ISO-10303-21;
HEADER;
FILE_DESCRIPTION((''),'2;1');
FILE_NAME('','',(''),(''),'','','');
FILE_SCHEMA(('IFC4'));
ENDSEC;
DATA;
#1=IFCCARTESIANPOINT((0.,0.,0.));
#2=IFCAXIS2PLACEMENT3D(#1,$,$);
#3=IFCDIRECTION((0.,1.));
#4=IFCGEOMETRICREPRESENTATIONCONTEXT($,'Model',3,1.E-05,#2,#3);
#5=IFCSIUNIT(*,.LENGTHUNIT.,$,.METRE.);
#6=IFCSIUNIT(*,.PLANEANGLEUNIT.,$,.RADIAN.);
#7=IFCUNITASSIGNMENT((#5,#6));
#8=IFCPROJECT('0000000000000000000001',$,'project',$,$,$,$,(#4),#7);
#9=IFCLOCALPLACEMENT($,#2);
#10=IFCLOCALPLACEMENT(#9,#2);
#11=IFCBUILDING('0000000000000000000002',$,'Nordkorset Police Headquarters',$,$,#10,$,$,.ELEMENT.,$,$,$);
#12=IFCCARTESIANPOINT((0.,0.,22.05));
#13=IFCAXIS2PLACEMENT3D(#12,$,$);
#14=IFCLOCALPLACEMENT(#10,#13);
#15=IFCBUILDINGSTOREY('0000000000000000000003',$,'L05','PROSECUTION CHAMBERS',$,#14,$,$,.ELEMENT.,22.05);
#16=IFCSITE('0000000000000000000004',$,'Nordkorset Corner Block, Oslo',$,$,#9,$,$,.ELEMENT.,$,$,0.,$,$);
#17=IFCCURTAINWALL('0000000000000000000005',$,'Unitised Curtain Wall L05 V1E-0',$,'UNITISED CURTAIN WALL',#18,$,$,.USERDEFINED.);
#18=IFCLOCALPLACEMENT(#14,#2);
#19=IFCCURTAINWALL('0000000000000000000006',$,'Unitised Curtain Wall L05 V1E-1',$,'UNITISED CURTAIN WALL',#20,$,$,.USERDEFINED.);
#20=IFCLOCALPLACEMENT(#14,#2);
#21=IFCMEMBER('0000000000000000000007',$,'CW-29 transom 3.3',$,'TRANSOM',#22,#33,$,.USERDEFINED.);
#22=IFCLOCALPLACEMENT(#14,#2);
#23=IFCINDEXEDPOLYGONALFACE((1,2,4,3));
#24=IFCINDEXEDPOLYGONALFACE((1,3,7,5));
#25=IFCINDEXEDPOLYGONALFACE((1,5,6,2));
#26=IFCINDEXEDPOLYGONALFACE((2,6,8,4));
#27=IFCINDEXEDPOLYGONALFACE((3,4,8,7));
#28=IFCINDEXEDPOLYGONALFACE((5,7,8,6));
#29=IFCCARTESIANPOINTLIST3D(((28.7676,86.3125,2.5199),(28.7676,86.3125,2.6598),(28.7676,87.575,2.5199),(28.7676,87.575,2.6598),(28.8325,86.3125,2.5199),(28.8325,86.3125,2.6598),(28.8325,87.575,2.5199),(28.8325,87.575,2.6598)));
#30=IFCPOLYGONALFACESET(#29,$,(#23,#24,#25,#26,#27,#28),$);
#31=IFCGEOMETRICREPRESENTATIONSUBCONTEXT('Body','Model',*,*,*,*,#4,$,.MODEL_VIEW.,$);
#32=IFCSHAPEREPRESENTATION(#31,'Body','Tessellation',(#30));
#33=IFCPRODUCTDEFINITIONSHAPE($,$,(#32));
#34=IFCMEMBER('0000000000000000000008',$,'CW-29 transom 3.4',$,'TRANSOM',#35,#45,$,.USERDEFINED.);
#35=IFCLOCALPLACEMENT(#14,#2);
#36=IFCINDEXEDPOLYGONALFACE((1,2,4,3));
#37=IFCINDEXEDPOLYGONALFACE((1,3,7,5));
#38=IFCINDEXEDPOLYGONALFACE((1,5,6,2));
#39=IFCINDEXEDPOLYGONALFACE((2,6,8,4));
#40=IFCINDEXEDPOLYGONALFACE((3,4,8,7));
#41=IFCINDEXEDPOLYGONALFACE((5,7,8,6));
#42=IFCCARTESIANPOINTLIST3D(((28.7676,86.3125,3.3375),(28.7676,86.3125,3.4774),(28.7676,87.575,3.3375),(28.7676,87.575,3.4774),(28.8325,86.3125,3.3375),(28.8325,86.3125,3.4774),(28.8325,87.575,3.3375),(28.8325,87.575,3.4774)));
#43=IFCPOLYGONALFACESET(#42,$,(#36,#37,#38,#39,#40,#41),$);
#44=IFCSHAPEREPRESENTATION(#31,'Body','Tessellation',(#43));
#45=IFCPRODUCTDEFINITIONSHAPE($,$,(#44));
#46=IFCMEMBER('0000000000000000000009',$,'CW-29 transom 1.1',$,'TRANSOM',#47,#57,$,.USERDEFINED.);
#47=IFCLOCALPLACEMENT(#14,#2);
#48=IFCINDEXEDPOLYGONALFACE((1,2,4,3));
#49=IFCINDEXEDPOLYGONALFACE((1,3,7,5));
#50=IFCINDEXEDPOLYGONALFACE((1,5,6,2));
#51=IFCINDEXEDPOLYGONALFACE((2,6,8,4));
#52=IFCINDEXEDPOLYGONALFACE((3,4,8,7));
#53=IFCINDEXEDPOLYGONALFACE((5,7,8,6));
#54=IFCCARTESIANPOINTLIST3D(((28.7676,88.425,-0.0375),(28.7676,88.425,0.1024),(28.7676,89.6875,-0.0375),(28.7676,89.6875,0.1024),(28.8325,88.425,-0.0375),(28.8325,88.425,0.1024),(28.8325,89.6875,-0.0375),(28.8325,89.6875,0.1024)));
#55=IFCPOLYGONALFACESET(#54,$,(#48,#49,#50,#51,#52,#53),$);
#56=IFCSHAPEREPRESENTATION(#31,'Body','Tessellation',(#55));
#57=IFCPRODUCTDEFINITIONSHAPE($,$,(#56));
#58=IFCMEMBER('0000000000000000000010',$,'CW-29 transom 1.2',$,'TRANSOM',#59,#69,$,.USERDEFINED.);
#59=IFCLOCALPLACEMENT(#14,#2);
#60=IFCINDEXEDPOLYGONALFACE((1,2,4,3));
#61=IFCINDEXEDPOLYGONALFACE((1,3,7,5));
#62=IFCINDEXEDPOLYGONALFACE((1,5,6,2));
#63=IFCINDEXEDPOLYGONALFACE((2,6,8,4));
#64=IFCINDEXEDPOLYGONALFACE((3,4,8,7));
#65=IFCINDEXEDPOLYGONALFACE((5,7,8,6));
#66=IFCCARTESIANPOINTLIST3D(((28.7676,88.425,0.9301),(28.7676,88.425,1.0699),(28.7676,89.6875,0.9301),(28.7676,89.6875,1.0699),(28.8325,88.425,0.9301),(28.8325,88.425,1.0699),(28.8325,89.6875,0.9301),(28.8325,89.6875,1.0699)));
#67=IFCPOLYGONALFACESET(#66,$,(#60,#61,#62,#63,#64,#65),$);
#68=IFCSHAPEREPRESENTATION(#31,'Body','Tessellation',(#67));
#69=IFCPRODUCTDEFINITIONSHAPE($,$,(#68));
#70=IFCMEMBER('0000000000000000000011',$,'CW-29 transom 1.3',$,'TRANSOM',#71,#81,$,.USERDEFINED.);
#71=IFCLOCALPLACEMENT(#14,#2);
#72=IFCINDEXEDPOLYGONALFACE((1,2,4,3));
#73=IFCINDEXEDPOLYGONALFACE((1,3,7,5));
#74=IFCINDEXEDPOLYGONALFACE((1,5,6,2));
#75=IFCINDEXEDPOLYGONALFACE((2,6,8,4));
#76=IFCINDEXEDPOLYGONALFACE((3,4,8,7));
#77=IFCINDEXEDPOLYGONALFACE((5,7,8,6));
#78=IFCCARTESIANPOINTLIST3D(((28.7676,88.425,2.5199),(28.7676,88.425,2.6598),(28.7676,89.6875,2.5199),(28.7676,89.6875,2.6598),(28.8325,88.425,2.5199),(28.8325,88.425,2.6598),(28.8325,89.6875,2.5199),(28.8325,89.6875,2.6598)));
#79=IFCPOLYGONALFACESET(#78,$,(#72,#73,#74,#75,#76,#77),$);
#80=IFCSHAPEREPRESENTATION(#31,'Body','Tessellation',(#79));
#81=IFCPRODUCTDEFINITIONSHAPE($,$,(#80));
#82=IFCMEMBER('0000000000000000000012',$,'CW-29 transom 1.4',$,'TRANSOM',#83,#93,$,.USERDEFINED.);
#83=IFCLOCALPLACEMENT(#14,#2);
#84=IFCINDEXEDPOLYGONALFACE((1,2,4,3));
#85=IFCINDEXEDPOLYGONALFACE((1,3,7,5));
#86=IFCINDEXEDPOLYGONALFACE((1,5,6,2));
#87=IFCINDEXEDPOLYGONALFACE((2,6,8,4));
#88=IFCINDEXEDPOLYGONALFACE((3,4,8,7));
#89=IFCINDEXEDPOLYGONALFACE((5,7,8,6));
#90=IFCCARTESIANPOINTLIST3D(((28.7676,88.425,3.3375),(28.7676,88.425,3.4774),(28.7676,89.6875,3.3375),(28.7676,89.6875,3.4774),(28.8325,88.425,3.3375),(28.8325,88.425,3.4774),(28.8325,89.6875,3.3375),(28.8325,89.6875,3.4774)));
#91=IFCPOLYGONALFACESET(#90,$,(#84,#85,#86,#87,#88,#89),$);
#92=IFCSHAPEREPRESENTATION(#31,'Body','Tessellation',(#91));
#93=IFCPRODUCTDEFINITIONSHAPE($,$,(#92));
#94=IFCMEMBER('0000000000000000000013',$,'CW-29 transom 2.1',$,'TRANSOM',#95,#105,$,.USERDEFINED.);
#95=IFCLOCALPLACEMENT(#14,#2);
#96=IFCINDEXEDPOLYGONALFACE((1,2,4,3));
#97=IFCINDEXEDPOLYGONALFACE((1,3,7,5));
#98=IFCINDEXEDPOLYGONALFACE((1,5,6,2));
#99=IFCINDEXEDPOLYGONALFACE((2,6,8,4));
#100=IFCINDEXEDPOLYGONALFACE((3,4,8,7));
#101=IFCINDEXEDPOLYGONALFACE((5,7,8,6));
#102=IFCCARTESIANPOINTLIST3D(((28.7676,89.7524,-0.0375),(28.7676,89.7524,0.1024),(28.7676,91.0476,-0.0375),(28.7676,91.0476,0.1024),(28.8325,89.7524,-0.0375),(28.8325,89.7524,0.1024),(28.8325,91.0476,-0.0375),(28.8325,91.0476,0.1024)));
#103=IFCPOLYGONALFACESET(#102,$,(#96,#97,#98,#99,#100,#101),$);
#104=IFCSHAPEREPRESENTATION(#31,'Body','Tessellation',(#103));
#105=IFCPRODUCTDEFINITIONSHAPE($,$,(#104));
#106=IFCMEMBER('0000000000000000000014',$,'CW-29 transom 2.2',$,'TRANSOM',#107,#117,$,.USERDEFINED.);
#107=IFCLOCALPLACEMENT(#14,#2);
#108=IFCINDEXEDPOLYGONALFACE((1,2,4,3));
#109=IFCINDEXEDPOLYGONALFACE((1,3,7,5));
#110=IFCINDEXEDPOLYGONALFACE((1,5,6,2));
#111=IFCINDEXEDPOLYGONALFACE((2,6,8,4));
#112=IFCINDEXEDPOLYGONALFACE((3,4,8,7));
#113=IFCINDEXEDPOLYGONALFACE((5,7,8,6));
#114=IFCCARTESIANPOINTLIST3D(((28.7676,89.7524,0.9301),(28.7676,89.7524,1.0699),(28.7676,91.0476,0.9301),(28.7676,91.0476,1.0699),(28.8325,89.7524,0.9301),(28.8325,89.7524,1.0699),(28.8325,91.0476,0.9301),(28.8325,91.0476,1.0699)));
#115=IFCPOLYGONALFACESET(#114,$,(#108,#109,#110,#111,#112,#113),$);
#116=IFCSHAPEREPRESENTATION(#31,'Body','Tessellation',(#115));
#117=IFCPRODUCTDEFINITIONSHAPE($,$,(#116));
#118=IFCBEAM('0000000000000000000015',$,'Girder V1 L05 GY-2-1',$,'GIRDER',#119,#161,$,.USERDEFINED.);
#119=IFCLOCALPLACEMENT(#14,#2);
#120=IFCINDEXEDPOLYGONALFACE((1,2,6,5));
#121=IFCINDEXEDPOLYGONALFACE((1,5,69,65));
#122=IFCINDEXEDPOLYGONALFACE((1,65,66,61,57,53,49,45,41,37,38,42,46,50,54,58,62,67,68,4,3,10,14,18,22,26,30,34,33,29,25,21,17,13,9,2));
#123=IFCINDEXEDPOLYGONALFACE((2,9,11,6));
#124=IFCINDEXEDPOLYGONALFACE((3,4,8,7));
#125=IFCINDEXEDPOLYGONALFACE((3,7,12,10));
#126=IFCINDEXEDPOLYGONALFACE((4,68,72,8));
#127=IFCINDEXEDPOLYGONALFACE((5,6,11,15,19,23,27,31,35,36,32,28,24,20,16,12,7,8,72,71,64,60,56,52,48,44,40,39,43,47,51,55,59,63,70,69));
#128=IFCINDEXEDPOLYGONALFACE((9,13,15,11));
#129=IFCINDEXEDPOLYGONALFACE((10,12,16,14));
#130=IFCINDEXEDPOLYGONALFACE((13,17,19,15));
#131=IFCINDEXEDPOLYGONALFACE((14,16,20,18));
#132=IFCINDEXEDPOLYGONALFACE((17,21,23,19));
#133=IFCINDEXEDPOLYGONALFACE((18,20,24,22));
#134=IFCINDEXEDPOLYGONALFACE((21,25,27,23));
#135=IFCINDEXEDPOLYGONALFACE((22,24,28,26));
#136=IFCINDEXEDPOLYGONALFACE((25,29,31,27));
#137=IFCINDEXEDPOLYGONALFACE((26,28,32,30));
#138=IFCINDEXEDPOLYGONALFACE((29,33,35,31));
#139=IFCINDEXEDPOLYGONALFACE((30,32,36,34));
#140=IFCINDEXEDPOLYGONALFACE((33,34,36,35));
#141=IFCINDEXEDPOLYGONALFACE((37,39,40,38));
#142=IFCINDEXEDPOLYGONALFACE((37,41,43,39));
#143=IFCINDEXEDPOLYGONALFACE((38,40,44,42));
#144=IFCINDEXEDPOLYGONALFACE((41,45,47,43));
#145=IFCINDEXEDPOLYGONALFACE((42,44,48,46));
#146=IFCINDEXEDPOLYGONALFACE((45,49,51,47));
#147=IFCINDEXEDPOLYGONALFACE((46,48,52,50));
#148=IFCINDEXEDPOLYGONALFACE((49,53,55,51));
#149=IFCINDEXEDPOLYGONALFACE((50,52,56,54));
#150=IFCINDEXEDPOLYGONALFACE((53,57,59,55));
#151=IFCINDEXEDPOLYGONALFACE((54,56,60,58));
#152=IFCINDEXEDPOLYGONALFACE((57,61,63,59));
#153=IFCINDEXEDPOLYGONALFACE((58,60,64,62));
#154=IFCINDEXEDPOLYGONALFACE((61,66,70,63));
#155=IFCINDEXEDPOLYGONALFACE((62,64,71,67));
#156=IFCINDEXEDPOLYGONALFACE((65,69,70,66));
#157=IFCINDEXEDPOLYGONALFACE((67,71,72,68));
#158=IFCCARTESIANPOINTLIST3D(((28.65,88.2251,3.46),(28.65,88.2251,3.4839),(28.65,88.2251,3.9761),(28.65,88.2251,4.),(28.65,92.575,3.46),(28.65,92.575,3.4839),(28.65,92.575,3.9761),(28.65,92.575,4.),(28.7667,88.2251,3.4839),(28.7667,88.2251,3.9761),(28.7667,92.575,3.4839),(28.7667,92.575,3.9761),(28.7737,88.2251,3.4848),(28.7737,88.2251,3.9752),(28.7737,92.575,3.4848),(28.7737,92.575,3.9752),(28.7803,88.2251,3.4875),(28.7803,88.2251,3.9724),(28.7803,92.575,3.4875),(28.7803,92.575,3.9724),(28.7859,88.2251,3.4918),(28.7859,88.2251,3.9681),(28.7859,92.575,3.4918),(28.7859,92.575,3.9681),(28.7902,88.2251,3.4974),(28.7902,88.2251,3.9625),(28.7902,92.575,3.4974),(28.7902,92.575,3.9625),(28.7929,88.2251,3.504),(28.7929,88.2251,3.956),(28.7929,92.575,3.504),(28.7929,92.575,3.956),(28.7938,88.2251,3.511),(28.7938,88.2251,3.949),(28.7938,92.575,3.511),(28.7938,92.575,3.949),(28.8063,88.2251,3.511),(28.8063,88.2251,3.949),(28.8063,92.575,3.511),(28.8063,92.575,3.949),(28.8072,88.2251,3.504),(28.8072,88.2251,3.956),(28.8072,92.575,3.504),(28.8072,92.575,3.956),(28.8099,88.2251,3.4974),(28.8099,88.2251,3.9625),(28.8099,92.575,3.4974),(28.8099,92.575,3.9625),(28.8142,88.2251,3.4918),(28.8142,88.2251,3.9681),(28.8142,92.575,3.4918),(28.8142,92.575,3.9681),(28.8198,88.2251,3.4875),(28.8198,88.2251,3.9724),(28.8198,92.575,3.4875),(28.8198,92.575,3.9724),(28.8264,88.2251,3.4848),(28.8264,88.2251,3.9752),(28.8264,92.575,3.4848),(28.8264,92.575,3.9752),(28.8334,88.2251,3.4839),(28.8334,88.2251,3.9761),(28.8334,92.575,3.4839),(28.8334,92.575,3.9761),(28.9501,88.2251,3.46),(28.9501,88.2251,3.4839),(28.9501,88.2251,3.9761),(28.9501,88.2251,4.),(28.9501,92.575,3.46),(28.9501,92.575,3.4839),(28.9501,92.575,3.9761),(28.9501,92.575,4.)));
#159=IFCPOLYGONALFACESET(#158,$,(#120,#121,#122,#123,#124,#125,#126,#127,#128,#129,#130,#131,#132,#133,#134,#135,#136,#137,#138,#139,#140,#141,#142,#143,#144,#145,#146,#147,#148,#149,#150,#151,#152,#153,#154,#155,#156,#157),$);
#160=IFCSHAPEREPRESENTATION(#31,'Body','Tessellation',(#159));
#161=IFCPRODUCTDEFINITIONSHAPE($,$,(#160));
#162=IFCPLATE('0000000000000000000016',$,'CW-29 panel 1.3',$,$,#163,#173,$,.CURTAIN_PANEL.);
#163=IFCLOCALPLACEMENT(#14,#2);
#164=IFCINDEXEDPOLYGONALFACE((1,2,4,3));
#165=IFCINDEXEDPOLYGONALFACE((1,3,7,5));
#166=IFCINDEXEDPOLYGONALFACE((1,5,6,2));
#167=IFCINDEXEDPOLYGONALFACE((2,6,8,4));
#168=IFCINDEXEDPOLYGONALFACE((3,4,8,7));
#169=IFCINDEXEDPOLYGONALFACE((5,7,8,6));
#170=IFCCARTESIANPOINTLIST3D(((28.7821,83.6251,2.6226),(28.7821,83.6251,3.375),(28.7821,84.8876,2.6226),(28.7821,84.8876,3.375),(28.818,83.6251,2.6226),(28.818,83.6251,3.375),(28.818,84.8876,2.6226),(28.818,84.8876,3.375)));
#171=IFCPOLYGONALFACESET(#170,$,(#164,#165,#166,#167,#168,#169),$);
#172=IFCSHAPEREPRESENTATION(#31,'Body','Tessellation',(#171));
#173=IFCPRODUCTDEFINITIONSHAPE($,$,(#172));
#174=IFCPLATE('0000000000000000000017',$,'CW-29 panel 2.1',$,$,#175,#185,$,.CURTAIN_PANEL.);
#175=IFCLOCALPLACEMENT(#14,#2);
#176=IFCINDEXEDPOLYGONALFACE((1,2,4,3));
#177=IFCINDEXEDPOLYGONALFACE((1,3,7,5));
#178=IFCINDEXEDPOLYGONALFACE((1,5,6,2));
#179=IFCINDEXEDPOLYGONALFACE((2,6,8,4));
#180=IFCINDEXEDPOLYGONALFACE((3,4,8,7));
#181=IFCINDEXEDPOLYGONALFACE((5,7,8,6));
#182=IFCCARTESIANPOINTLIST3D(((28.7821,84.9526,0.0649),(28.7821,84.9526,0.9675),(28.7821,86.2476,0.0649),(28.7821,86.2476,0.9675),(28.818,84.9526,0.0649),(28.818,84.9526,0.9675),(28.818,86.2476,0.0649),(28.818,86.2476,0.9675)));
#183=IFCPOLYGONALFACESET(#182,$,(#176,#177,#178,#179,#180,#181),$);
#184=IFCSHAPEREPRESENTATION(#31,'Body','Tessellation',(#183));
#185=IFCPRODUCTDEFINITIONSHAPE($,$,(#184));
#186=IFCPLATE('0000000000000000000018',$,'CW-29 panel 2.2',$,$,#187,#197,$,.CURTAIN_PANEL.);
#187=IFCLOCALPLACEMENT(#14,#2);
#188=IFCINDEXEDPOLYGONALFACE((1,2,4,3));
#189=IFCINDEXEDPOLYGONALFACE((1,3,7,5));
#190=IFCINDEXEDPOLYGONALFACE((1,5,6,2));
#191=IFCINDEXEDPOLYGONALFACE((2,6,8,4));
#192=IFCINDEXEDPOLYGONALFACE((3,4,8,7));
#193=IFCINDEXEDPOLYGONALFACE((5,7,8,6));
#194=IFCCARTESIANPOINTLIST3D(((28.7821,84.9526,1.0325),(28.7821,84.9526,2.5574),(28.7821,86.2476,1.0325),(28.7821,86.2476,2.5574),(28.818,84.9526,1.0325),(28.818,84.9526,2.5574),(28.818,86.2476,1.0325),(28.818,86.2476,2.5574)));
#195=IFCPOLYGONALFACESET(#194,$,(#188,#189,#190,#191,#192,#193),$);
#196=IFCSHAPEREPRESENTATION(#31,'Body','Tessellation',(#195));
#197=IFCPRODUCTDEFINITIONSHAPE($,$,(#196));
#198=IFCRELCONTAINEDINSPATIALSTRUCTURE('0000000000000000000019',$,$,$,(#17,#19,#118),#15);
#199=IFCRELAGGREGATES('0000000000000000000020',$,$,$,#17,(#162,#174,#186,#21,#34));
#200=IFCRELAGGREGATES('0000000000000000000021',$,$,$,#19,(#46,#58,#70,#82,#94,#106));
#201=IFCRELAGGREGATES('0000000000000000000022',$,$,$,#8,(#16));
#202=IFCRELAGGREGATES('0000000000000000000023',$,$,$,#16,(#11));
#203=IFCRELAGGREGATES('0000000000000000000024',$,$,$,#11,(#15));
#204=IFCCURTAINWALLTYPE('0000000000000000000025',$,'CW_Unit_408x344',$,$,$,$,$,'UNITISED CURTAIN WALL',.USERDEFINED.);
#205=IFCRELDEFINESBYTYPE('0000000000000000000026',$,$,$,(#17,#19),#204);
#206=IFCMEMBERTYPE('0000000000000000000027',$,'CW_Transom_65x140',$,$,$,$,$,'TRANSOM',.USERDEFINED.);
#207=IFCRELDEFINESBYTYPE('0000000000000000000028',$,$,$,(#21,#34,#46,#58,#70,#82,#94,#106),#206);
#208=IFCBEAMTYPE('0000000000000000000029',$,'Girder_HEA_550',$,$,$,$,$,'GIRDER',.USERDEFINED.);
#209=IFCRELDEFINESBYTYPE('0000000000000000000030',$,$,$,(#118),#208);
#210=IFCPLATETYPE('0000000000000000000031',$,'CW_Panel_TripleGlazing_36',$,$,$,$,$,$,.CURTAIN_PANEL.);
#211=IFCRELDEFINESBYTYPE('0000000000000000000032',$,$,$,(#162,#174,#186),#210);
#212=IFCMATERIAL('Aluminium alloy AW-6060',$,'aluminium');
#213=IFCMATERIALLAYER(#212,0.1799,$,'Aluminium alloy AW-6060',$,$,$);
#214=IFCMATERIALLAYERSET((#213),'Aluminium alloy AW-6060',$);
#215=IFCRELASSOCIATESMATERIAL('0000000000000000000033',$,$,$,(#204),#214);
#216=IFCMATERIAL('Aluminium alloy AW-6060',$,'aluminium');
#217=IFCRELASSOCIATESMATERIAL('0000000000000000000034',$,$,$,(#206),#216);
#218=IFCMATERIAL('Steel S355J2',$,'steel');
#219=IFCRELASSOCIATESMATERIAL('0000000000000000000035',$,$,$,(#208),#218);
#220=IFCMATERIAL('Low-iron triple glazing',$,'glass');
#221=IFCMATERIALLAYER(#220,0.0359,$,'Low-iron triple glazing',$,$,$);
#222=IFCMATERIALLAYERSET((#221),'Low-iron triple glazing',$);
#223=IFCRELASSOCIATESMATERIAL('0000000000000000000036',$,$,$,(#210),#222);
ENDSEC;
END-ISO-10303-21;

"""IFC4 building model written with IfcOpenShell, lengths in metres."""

from ifc_helpers import new_model, si_unit, direction, frame, origin, origin_2d, place, context, subcontext, project, spatial, rectangle, i_section, extrude, material, layer, layer_set, material_profile, profile_set, type_object, element, aggregate, save


model = new_model("IFC4")

# Units and contexts
model_context = context("Model", 3, precision=1e-05, world=origin(), true_north=direction((0.0, 1.0)))
body_context = subcontext(model_context, "Body", "Model", "MODEL_VIEW")
ifc_project = project(units=[si_unit("LENGTHUNIT", "METRE"), si_unit("PLANEANGLEUNIT", "RADIAN")], contexts=[model_context])

# Site, building, storey
site_placement = place(None, origin())
site = spatial("IfcSite", under=ifc_project, at=site_placement, Name="Nordkorset Corner Block, Oslo", CompositionType="ELEMENT", RefElevation=0.0)
building_placement = place(site_placement, origin())
building = spatial("IfcBuilding", under=site, at=building_placement, Name="Nordkorset Police Headquarters", CompositionType="ELEMENT")
storey_placement = place(building_placement, frame((0.0, 0.0, 22.05)))
storey = spatial("IfcBuildingStorey", under=building, at=storey_placement, Name="L05", Description="PROSECUTION CHAMBERS", CompositionType="ELEMENT", Elevation=22.05)

# Curtain walls
ifc_material_1 = material(Name="Aluminium alloy AW-6060", Category="aluminium")
ifc_layer_1 = layer(ifc_material_1, 0.1799, Name="Aluminium alloy AW-6060")
ifc_layer_set_1 = layer_set([ifc_layer_1], Name="Aluminium alloy AW-6060")
curtain_wall_type = type_object("IfcCurtainWallType", Name="CW_Unit_408x344", ElementType="UNITISED CURTAIN WALL", PredefinedType="USERDEFINED", material=ifc_layer_set_1)
curtain_wall_1_placement = place(storey_placement, origin())
curtain_wall_1 = element("IfcCurtainWall", 1, at=curtain_wall_1_placement, inside=storey, type_object=curtain_wall_type, Name="Unitised Curtain Wall L05 V1E-0", ObjectType="UNITISED CURTAIN WALL", PredefinedType="USERDEFINED")
curtain_wall_2_placement = place(storey_placement, origin())
curtain_wall_2 = element("IfcCurtainWall", 2, at=curtain_wall_2_placement, inside=storey, type_object=curtain_wall_type, Name="Unitised Curtain Wall L05 V1E-1", ObjectType="UNITISED CURTAIN WALL", PredefinedType="USERDEFINED")

# Members
ifc_material_2 = material(Name="Aluminium alloy AW-6060", Category="aluminium")
ifc_material_profile_1 = material_profile(ifc_material_2, rectangle(XDim=0.0649, YDim=0.1399, at=origin_2d()), Name="ALU TRAN 65x140")
ifc_profile_set_1 = profile_set([ifc_material_profile_1], Name="Aluminium alloy AW-6060")
member_type_1 = type_object("IfcMemberType", Name="CW_Transom_65x140", ElementType="TRANSOM", PredefinedType="USERDEFINED", material=ifc_profile_set_1)
member_1_placement = place(storey_placement, frame((28.8, 86.3125, 2.5898), z_axis=(0.0, 1.0, 0.0), x_axis=(-1.0, 0.0, 0.0)))
member_1 = element("IfcMember", 3, at=member_1_placement, type_object=member_type_1, Name="CW-29 transom 3.3", ObjectType="TRANSOM", PredefinedType="USERDEFINED", context=body_context, shape_type="SweptSolid", body=[
    extrude(rectangle(XDim=0.0649, YDim=0.1399, at=origin_2d()), origin(), (0.0, 0.0, 1.0), 1.2625),
])
member_2_placement = place(storey_placement, frame((28.8, 86.3125, 3.4075), z_axis=(0.0, 1.0, 0.0), x_axis=(-1.0, 0.0, 0.0)))
member_2 = element("IfcMember", 4, at=member_2_placement, type_object=member_type_1, Name="CW-29 transom 3.4", ObjectType="TRANSOM", PredefinedType="USERDEFINED", context=body_context, shape_type="SweptSolid", body=[
    extrude(rectangle(XDim=0.0649, YDim=0.1399, at=origin_2d()), origin(), (0.0, 0.0, 1.0), 1.2625),
])
member_3_placement = place(storey_placement, frame((28.8, 88.425, 0.0325), z_axis=(0.0, 1.0, 0.0), x_axis=(-1.0, 0.0, 0.0)))
member_3 = element("IfcMember", 5, at=member_3_placement, type_object=member_type_1, Name="CW-29 transom 1.1", ObjectType="TRANSOM", PredefinedType="USERDEFINED", context=body_context, shape_type="SweptSolid", body=[
    extrude(rectangle(XDim=0.0649, YDim=0.1399, at=origin_2d()), origin(), (0.0, 0.0, 1.0), 1.2625),
])
member_4_placement = place(storey_placement, frame((28.8, 88.425, 1.0), z_axis=(0.0, 1.0, 0.0), x_axis=(-1.0, 0.0, 0.0)))
member_4 = element("IfcMember", 6, at=member_4_placement, type_object=member_type_1, Name="CW-29 transom 1.2", ObjectType="TRANSOM", PredefinedType="USERDEFINED", context=body_context, shape_type="SweptSolid", body=[
    extrude(rectangle(XDim=0.0649, YDim=0.1399, at=origin_2d()), origin(), (0.0, 0.0, 1.0), 1.2625),
])
member_5_placement = place(storey_placement, frame((28.8, 88.425, 2.5898), z_axis=(0.0, 1.0, 0.0), x_axis=(-1.0, 0.0, 0.0)))
member_5 = element("IfcMember", 7, at=member_5_placement, type_object=member_type_1, Name="CW-29 transom 1.3", ObjectType="TRANSOM", PredefinedType="USERDEFINED", context=body_context, shape_type="SweptSolid", body=[
    extrude(rectangle(XDim=0.0649, YDim=0.1399, at=origin_2d()), origin(), (0.0, 0.0, 1.0), 1.2625),
])
member_6_placement = place(storey_placement, frame((28.8, 88.425, 3.4075), z_axis=(0.0, 1.0, 0.0), x_axis=(-1.0, 0.0, 0.0)))
member_6 = element("IfcMember", 8, at=member_6_placement, type_object=member_type_1, Name="CW-29 transom 1.4", ObjectType="TRANSOM", PredefinedType="USERDEFINED", context=body_context, shape_type="SweptSolid", body=[
    extrude(rectangle(XDim=0.0649, YDim=0.1399, at=origin_2d()), origin(), (0.0, 0.0, 1.0), 1.2625),
])
member_7_placement = place(storey_placement, frame((28.8, 89.7524, 0.0325), z_axis=(0.0, 1.0, 0.0), x_axis=(-1.0, 0.0, 0.0)))
member_7 = element("IfcMember", 9, at=member_7_placement, type_object=member_type_1, Name="CW-29 transom 2.1", ObjectType="TRANSOM", PredefinedType="USERDEFINED", context=body_context, shape_type="SweptSolid", body=[
    extrude(rectangle(XDim=0.0649, YDim=0.1399, at=origin_2d()), origin(), (0.0, 0.0, 1.0), 1.2952),
])
member_8_placement = place(storey_placement, frame((28.8, 89.7524, 1.0), z_axis=(0.0, 1.0, 0.0), x_axis=(-1.0, 0.0, 0.0)))
member_8 = element("IfcMember", 10, at=member_8_placement, type_object=member_type_1, Name="CW-29 transom 2.2", ObjectType="TRANSOM", PredefinedType="USERDEFINED", context=body_context, shape_type="SweptSolid", body=[
    extrude(rectangle(XDim=0.0649, YDim=0.1399, at=origin_2d()), origin(), (0.0, 0.0, 1.0), 1.2952),
])

# Beam
ifc_material_3 = material(Name="Steel S355J2", Category="steel")
ifc_material_profile_2 = material_profile(ifc_material_3, i_section(OverallWidth=0.3, OverallDepth=0.54, WebThickness=0.0125, FlangeThickness=0.0239, FilletRadius=0.0271, at=origin_2d()), Name="HEA 550")
ifc_profile_set_2 = profile_set([ifc_material_profile_2], Name="Steel S355J2")
beam_type = type_object("IfcBeamType", Name="Girder_HEA_550", ElementType="GIRDER", PredefinedType="USERDEFINED", material=ifc_profile_set_2)
beam_placement = place(storey_placement, frame((28.8, 88.2251, 3.73), z_axis=(0.0, 1.0, 0.0), x_axis=(-1.0, 0.0, 0.0)))
element("IfcBeam", 11, at=beam_placement, inside=storey, type_object=beam_type, Name="Girder V1 L05 GY-2-1", ObjectType="GIRDER", PredefinedType="USERDEFINED", context=body_context, shape_type="SweptSolid", body=[
    extrude(i_section(OverallWidth=0.3, OverallDepth=0.54, WebThickness=0.0125, FlangeThickness=0.0239, FilletRadius=0.0271, at=origin_2d()), origin(), (0.0, 0.0, 1.0), 4.3499),
])

# Plates
ifc_material_4 = material(Name="Low-iron triple glazing", Category="glass")
ifc_layer_2 = layer(ifc_material_4, 0.0359, Name="Low-iron triple glazing")
ifc_layer_set_2 = layer_set([ifc_layer_2], Name="Low-iron triple glazing")
plate_type = type_object("IfcPlateType", Name="CW_Panel_TripleGlazing_36", PredefinedType="CURTAIN_PANEL", material=ifc_layer_set_2)
plate_1_placement = place(storey_placement, frame((28.8, 84.2563, 2.6226), z_axis=(0.0, 0.0, 1.0), x_axis=(0.0, 1.0, 0.0)))
plate_1 = element("IfcPlate", 12, at=plate_1_placement, type_object=plate_type, Name="CW-29 panel 1.3", PredefinedType="CURTAIN_PANEL", context=body_context, shape_type="SweptSolid", body=[
    extrude(rectangle(XDim=1.2625, YDim=0.0359, at=origin_2d()), origin(), (0.0, 0.0, 1.0), 0.7524),
])
plate_2_placement = place(storey_placement, frame((28.8, 85.6001, 0.0649), z_axis=(0.0, 0.0, 1.0), x_axis=(0.0, 1.0, 0.0)))
plate_2 = element("IfcPlate", 13, at=plate_2_placement, type_object=plate_type, Name="CW-29 panel 2.1", PredefinedType="CURTAIN_PANEL", context=body_context, shape_type="SweptSolid", body=[
    extrude(rectangle(XDim=1.2949, YDim=0.0359, at=origin_2d()), origin(), (0.0, 0.0, 1.0), 0.9026),
])
plate_3_placement = place(storey_placement, frame((28.8, 85.6001, 1.0325), z_axis=(0.0, 0.0, 1.0), x_axis=(0.0, 1.0, 0.0)))
plate_3 = element("IfcPlate", 14, at=plate_3_placement, type_object=plate_type, Name="CW-29 panel 2.2", PredefinedType="CURTAIN_PANEL", context=body_context, shape_type="SweptSolid", body=[
    extrude(rectangle(XDim=1.2949, YDim=0.0359, at=origin_2d()), origin(), (0.0, 0.0, 1.0), 1.5249),
])
aggregate(curtain_wall_1, [plate_1, plate_2, plate_3, member_1, member_2])
aggregate(curtain_wall_2, [member_3, member_4, member_5, member_6, member_7, member_8])

save(model, "model.ifc")
